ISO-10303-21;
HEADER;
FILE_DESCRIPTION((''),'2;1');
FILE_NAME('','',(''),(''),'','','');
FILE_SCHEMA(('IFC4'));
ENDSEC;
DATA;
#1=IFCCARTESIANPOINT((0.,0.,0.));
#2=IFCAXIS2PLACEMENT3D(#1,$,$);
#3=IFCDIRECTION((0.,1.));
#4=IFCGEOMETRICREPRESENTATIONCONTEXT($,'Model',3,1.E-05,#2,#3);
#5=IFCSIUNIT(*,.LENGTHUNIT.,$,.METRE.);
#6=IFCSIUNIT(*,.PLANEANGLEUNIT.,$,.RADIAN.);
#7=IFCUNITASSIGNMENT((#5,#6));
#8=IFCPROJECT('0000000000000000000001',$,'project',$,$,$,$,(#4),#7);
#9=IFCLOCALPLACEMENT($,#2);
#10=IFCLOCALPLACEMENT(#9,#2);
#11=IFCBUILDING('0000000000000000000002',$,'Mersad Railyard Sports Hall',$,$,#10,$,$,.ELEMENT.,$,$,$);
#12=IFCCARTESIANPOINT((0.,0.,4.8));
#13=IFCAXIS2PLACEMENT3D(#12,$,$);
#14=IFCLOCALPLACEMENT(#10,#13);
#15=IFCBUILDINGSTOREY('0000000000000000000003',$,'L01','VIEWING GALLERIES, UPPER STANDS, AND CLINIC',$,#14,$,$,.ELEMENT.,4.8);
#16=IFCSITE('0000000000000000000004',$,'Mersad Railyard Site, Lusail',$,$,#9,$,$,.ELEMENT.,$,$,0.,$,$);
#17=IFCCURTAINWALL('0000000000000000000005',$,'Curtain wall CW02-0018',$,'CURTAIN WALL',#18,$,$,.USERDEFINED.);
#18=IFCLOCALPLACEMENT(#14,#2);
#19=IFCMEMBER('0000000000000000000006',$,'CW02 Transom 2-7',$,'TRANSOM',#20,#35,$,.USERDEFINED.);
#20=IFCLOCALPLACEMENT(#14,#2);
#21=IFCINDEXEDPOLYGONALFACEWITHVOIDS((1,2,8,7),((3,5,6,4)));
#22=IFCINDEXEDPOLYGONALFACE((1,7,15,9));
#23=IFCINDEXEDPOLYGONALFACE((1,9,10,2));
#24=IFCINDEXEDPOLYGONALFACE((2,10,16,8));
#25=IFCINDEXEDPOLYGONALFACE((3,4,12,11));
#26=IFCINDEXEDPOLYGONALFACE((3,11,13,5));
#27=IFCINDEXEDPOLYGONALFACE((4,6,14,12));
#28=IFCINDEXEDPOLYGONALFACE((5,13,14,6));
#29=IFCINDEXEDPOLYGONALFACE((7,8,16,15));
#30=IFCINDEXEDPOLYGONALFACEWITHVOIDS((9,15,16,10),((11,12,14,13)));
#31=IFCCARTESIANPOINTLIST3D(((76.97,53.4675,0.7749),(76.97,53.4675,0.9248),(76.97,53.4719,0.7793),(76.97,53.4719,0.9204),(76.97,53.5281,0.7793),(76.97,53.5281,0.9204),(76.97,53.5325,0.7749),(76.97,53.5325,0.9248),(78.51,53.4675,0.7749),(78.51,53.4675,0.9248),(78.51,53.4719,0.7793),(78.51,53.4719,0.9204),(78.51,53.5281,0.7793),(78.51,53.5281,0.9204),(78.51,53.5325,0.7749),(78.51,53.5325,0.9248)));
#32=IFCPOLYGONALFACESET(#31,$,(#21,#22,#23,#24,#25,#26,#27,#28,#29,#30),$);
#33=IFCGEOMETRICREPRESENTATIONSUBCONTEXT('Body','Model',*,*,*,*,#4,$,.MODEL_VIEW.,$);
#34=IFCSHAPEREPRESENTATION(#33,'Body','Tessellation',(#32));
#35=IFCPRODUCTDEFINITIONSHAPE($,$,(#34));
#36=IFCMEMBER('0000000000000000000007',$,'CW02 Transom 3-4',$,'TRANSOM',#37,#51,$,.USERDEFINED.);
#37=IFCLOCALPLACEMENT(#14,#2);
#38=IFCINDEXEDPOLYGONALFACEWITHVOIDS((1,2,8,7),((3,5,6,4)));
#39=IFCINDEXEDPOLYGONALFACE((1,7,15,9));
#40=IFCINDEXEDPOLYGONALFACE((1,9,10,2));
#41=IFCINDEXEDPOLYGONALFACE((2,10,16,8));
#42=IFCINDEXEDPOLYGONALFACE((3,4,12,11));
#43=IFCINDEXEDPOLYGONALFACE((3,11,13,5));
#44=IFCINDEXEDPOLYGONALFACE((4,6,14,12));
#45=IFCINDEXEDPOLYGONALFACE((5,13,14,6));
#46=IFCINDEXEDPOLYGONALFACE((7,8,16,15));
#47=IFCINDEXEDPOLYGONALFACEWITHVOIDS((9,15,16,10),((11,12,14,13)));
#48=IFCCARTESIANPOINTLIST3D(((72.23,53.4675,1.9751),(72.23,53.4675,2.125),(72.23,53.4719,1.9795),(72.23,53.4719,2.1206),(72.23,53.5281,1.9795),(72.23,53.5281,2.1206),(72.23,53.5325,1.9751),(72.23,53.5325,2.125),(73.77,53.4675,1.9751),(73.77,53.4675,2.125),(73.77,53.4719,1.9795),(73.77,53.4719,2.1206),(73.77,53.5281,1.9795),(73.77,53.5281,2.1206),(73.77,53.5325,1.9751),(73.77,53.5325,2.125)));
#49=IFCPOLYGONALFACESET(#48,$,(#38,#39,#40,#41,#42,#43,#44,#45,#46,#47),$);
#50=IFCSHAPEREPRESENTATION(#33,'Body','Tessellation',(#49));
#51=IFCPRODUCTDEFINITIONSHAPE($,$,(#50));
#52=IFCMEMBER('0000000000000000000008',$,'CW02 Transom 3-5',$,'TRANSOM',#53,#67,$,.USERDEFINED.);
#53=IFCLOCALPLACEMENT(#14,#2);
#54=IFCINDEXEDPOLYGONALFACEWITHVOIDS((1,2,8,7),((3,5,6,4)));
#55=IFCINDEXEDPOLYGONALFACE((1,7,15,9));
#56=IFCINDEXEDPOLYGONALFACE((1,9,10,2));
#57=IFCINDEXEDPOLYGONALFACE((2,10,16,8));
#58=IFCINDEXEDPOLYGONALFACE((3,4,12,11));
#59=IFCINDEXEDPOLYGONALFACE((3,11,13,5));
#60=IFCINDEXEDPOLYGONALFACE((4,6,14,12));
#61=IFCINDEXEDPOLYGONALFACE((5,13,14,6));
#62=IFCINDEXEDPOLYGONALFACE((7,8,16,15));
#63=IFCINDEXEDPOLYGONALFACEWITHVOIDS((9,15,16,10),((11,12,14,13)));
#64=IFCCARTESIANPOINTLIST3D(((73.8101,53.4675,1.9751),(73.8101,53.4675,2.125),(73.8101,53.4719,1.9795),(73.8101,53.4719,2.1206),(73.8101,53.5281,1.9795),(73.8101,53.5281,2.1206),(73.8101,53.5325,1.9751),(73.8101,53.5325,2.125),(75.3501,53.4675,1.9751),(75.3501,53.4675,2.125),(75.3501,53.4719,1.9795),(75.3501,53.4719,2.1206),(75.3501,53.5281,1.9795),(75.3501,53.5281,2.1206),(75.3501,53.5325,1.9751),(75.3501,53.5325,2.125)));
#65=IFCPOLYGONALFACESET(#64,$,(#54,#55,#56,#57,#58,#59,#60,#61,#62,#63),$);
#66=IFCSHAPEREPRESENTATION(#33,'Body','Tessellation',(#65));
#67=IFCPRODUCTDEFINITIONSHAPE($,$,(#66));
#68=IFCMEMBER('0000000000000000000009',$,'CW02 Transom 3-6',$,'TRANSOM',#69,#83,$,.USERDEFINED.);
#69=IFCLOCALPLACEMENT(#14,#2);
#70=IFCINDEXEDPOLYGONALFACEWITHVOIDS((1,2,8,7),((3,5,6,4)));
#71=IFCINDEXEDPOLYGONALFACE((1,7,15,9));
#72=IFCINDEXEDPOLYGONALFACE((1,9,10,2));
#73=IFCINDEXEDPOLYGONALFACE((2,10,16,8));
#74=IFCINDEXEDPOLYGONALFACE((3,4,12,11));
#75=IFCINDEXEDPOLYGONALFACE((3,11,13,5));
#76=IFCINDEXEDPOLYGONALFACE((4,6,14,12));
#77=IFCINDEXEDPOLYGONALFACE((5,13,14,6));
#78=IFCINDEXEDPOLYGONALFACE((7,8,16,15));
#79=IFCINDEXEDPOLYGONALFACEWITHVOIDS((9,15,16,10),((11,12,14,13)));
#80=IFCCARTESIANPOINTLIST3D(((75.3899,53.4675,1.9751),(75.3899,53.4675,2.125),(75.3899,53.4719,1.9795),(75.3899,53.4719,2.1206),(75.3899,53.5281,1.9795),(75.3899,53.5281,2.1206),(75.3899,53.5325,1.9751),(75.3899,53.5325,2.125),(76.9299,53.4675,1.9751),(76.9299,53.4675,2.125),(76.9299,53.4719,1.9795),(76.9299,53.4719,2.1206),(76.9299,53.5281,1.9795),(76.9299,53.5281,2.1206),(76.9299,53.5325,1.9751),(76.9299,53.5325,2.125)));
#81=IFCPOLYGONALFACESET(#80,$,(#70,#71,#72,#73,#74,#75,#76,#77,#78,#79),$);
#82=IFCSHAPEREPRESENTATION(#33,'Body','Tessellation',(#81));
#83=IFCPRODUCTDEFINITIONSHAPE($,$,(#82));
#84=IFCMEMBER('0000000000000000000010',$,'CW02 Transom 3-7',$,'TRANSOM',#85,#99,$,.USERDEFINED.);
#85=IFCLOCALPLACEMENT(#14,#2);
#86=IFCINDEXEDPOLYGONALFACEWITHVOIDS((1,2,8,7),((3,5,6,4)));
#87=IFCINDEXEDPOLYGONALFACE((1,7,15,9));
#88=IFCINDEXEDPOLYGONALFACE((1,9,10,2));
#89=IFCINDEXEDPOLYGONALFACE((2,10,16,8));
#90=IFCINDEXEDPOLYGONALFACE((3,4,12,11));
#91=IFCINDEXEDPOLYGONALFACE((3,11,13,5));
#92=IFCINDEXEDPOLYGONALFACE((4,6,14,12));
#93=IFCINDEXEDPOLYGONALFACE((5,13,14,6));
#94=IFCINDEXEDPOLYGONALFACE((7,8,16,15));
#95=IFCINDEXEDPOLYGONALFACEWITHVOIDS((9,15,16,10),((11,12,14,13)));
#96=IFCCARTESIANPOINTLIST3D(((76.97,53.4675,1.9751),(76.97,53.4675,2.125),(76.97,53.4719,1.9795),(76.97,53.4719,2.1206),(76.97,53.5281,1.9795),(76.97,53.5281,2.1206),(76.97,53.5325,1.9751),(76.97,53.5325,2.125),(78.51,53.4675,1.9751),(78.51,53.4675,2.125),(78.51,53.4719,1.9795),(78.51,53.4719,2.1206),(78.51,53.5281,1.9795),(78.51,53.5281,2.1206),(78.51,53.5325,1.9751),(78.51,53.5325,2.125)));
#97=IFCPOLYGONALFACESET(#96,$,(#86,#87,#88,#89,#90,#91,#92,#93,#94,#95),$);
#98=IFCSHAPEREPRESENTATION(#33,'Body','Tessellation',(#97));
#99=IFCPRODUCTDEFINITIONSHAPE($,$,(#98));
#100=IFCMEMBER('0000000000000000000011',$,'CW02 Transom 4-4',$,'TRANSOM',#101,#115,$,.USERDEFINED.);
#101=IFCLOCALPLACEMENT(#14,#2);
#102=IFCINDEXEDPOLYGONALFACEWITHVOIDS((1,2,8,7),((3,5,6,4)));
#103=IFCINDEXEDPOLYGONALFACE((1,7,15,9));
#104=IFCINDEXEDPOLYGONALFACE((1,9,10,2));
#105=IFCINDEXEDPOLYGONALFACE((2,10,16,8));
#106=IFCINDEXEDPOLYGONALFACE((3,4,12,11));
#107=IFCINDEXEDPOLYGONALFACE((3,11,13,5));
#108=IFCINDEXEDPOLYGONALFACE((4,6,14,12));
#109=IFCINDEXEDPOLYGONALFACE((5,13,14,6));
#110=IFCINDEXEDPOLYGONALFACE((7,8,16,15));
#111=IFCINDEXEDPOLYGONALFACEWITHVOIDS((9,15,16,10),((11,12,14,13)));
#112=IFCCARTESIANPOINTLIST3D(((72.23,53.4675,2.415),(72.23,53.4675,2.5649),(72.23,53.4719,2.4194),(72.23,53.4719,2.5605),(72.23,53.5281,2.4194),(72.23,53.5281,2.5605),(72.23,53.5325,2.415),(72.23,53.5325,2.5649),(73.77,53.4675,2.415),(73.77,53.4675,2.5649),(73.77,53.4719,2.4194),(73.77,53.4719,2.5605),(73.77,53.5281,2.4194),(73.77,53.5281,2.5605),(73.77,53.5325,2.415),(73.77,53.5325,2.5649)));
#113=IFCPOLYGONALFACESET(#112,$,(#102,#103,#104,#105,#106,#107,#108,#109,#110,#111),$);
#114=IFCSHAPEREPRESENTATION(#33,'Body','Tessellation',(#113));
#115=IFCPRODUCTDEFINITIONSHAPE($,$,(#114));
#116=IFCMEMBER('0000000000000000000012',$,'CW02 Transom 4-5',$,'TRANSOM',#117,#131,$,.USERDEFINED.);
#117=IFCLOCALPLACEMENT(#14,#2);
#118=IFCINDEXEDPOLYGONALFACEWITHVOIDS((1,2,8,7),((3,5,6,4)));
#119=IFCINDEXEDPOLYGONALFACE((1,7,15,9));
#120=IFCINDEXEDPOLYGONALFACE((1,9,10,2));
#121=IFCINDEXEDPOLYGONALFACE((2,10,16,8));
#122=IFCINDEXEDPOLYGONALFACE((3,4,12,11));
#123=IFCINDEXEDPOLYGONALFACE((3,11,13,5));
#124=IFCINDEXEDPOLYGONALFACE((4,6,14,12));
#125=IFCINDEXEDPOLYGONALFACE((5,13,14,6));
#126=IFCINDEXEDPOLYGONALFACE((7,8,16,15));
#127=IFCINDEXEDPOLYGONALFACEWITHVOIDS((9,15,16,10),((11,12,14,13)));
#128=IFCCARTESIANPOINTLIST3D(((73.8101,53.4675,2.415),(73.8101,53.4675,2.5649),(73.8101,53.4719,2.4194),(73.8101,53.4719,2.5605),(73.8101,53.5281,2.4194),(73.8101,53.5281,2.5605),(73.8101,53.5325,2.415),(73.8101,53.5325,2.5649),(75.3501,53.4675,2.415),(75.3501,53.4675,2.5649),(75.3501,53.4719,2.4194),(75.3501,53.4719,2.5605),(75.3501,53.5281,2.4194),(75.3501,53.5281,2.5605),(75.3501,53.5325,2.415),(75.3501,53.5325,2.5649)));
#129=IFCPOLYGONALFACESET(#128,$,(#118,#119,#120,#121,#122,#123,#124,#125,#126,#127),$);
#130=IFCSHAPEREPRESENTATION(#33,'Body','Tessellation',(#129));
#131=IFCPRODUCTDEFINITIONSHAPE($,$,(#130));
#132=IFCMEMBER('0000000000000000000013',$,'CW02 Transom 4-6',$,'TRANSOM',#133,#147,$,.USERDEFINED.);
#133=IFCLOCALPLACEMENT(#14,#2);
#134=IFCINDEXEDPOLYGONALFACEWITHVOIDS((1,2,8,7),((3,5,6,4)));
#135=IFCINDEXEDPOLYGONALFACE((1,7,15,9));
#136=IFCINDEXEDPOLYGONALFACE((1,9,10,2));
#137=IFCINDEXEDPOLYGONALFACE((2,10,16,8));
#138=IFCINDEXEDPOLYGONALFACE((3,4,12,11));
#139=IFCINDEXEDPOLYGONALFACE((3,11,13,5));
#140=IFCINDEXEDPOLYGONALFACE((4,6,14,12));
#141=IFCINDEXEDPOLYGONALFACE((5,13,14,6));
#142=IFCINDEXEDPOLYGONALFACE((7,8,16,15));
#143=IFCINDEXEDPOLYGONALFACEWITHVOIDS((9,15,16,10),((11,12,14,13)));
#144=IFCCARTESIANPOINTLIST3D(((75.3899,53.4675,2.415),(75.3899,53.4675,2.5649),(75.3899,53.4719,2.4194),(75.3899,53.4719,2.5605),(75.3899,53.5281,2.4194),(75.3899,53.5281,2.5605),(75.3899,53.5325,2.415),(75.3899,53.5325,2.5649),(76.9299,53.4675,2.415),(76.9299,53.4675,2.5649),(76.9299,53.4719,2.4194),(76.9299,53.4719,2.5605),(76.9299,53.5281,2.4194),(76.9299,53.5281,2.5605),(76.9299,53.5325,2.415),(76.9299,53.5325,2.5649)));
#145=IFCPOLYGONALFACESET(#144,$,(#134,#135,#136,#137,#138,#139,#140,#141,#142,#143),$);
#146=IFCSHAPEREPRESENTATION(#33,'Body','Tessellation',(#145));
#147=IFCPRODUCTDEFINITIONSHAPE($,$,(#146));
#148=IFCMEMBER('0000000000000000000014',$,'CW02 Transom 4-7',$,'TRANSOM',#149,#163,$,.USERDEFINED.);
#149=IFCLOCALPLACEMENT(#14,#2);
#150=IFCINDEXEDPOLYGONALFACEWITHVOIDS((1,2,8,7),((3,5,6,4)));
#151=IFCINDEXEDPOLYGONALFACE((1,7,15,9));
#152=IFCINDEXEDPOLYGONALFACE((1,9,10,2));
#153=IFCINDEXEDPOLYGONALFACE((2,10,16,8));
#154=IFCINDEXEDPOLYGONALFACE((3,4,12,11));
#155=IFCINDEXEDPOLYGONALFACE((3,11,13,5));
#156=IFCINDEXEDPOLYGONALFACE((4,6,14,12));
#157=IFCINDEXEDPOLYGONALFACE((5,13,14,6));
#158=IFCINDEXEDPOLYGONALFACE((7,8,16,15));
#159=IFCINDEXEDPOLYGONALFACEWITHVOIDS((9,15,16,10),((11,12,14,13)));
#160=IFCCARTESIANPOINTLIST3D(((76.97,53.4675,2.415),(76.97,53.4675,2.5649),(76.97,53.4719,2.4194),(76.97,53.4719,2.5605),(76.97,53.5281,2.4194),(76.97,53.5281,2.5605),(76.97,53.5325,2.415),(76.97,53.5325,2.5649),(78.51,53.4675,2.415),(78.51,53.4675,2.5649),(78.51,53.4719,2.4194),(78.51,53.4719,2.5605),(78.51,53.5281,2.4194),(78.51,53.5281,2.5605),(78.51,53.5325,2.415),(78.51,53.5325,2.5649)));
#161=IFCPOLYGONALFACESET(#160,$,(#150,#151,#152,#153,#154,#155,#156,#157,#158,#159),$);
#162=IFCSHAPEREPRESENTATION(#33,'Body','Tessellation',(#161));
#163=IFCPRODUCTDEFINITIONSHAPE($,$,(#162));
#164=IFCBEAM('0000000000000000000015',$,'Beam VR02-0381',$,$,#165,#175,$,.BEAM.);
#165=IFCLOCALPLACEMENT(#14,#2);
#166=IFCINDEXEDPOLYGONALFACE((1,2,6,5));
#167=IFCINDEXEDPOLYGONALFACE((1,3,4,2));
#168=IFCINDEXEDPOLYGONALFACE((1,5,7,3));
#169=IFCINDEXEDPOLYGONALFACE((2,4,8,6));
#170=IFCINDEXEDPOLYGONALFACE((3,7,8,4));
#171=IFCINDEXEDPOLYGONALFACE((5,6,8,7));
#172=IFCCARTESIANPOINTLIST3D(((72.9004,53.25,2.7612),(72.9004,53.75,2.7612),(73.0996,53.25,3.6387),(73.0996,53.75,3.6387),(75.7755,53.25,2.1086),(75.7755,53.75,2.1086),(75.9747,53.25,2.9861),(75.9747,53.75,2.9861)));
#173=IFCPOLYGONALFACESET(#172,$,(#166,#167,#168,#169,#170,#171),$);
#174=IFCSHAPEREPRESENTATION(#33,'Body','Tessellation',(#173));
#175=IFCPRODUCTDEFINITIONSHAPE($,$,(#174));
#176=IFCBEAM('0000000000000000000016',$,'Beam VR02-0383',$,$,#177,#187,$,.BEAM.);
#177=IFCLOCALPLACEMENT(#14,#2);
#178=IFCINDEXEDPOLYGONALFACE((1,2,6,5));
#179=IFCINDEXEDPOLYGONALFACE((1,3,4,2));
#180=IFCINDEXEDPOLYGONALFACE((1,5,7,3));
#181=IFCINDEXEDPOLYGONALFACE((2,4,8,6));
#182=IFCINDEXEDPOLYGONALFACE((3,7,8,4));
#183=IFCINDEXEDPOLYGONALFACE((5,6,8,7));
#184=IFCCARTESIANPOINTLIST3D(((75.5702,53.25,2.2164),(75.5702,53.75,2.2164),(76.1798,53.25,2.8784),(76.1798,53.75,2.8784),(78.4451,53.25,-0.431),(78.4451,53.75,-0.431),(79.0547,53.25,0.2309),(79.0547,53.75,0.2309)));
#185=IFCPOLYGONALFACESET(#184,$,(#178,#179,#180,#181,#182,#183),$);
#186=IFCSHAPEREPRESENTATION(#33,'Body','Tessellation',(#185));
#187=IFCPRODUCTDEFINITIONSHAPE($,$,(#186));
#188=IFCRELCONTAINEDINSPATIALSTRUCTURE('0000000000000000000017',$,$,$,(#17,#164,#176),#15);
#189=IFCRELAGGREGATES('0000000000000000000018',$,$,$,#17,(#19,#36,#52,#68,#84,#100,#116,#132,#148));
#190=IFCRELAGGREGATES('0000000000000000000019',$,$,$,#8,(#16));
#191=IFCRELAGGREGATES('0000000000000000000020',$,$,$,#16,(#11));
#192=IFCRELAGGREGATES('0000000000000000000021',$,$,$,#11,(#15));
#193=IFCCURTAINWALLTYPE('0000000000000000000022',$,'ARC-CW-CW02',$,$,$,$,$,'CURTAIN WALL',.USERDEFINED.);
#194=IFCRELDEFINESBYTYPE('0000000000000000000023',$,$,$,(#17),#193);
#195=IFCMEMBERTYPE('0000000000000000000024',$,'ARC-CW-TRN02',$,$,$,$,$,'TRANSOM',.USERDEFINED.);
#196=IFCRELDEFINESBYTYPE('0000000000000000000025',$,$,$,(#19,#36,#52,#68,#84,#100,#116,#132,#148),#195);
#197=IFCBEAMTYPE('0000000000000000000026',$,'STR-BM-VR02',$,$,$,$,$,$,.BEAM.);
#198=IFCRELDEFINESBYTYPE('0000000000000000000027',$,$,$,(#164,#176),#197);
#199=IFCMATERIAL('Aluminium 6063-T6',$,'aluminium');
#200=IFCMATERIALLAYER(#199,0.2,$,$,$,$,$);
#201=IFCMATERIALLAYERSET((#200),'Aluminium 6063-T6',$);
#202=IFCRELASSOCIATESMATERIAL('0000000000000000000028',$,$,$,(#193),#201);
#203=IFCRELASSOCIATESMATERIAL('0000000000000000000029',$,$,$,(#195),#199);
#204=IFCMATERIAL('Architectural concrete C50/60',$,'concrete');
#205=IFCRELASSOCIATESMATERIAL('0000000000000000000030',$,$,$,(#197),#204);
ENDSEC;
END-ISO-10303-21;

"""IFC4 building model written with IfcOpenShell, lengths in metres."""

from ifc_helpers import new_model, si_unit, direction, frame, origin, origin_2d, place, context, subcontext, project, spatial, rectangle, hollow_rectangle, extrude, material, layer, layer_set, material_profile, profile_set, type_object, element, aggregate, save


model = new_model("IFC4")

# Units and contexts
model_context = context("Model", 3, precision=1e-05, world=origin(), true_north=direction((0.0, 1.0)))
body_context = subcontext(model_context, "Body", "Model", "MODEL_VIEW")
ifc_project = project(units=[si_unit("LENGTHUNIT", "METRE"), si_unit("PLANEANGLEUNIT", "RADIAN")], contexts=[model_context])

# Site, building, storey
site_placement = place(None, origin())
site = spatial("IfcSite", under=ifc_project, at=site_placement, Name="Mersad Railyard Site, Lusail", CompositionType="ELEMENT", RefElevation=0.0)
building_placement = place(site_placement, origin())
building = spatial("IfcBuilding", under=site, at=building_placement, Name="Mersad Railyard Sports Hall", CompositionType="ELEMENT")
storey_placement = place(building_placement, frame((0.0, 0.0, 4.8)))
storey = spatial("IfcBuildingStorey", under=building, at=storey_placement, Name="L01", Description="VIEWING GALLERIES, UPPER STANDS, AND CLINIC", CompositionType="ELEMENT", Elevation=4.8)

# Curtain wall, members
ifc_material_1 = material(Name="Aluminium 6063-T6", Category="aluminium")
ifc_layer_1 = layer(ifc_material_1, 0.2)
ifc_layer_set_1 = layer_set([ifc_layer_1], Name="Aluminium 6063-T6")
curtain_wall_type = type_object("IfcCurtainWallType", Name="ARC-CW-CW02", ElementType="CURTAIN WALL", PredefinedType="USERDEFINED", material=ifc_layer_set_1)
curtain_wall_placement = place(storey_placement, origin())
curtain_wall = element("IfcCurtainWall", 1, at=curtain_wall_placement, inside=storey, type_object=curtain_wall_type, Name="Curtain wall CW02-0018", ObjectType="CURTAIN WALL", PredefinedType="USERDEFINED")
ifc_material_profile_1 = material_profile(ifc_material_1, hollow_rectangle(XDim=0.0649, YDim=0.1499, WallThickness=0.0044, at=origin_2d()), Name="AL TRANSOM 65x150x4.5")
ifc_profile_set_1 = profile_set([ifc_material_profile_1], Name="Aluminium 6063-T6")
member_type_1 = type_object("IfcMemberType", Name="ARC-CW-TRN02", ElementType="TRANSOM", PredefinedType="USERDEFINED", material=ifc_profile_set_1)
member_1_placement = place(storey_placement, frame((76.97, 53.5, 0.8499), z_axis=(1.0, 0.0, 0.0), x_axis=(0.0, 1.0, 0.0)))
member_1 = element("IfcMember", 2, at=member_1_placement, type_object=member_type_1, Name="CW02 Transom 2-7", ObjectType="TRANSOM", PredefinedType="USERDEFINED", context=body_context, shape_type="SweptSolid", body=[
    extrude(hollow_rectangle(XDim=0.0649, YDim=0.1499, WallThickness=0.0044, at=origin_2d()), origin(), (0.0, 0.0, 1.0), 1.54),
])
member_2_placement = place(storey_placement, frame((72.23, 53.5, 2.05), z_axis=(1.0, 0.0, 0.0), x_axis=(0.0, 1.0, 0.0)))
member_2 = element("IfcMember", 3, at=member_2_placement, type_object=member_type_1, Name="CW02 Transom 3-4", ObjectType="TRANSOM", PredefinedType="USERDEFINED", context=body_context, shape_type="SweptSolid", body=[
    extrude(hollow_rectangle(XDim=0.0649, YDim=0.1499, WallThickness=0.0044, at=origin_2d()), origin(), (0.0, 0.0, 1.0), 1.54),
])
member_3_placement = place(storey_placement, frame((73.8101, 53.5, 2.05), z_axis=(1.0, 0.0, 0.0), x_axis=(0.0, 1.0, 0.0)))
member_3 = element("IfcMember", 4, at=member_3_placement, type_object=member_type_1, Name="CW02 Transom 3-5", ObjectType="TRANSOM", PredefinedType="USERDEFINED", context=body_context, shape_type="SweptSolid", body=[
    extrude(hollow_rectangle(XDim=0.0649, YDim=0.1499, WallThickness=0.0044, at=origin_2d()), origin(), (0.0, 0.0, 1.0), 1.54),
])
member_4_placement = place(storey_placement, frame((75.3899, 53.5, 2.05), z_axis=(1.0, 0.0, 0.0), x_axis=(0.0, 1.0, 0.0)))
member_4 = element("IfcMember", 5, at=member_4_placement, type_object=member_type_1, Name="CW02 Transom 3-6", ObjectType="TRANSOM", PredefinedType="USERDEFINED", context=body_context, shape_type="SweptSolid", body=[
    extrude(hollow_rectangle(XDim=0.0649, YDim=0.1499, WallThickness=0.0044, at=origin_2d()), origin(), (0.0, 0.0, 1.0), 1.54),
])
member_5_placement = place(storey_placement, frame((76.97, 53.5, 2.05), z_axis=(1.0, 0.0, 0.0), x_axis=(0.0, 1.0, 0.0)))
member_5 = element("IfcMember", 6, at=member_5_placement, type_object=member_type_1, Name="CW02 Transom 3-7", ObjectType="TRANSOM", PredefinedType="USERDEFINED", context=body_context, shape_type="SweptSolid", body=[
    extrude(hollow_rectangle(XDim=0.0649, YDim=0.1499, WallThickness=0.0044, at=origin_2d()), origin(), (0.0, 0.0, 1.0), 1.54),
])
member_6_placement = place(storey_placement, frame((72.23, 53.5, 2.49), z_axis=(1.0, 0.0, 0.0), x_axis=(0.0, 1.0, 0.0)))
member_6 = element("IfcMember", 7, at=member_6_placement, type_object=member_type_1, Name="CW02 Transom 4-4", ObjectType="TRANSOM", PredefinedType="USERDEFINED", context=body_context, shape_type="SweptSolid", body=[
    extrude(hollow_rectangle(XDim=0.0649, YDim=0.1499, WallThickness=0.0044, at=origin_2d()), origin(), (0.0, 0.0, 1.0), 1.54),
])
member_7_placement = place(storey_placement, frame((73.8101, 53.5, 2.49), z_axis=(1.0, 0.0, 0.0), x_axis=(0.0, 1.0, 0.0)))
member_7 = element("IfcMember", 8, at=member_7_placement, type_object=member_type_1, Name="CW02 Transom 4-5", ObjectType="TRANSOM", PredefinedType="USERDEFINED", context=body_context, shape_type="SweptSolid", body=[
    extrude(hollow_rectangle(XDim=0.0649, YDim=0.1499, WallThickness=0.0044, at=origin_2d()), origin(), (0.0, 0.0, 1.0), 1.54),
])
member_8_placement = place(storey_placement, frame((75.3899, 53.5, 2.49), z_axis=(1.0, 0.0, 0.0), x_axis=(0.0, 1.0, 0.0)))
member_8 = element("IfcMember", 9, at=member_8_placement, type_object=member_type_1, Name="CW02 Transom 4-6", ObjectType="TRANSOM", PredefinedType="USERDEFINED", context=body_context, shape_type="SweptSolid", body=[
    extrude(hollow_rectangle(XDim=0.0649, YDim=0.1499, WallThickness=0.0044, at=origin_2d()), origin(), (0.0, 0.0, 1.0), 1.54),
])
member_9_placement = place(storey_placement, frame((76.97, 53.5, 2.49), z_axis=(1.0, 0.0, 0.0), x_axis=(0.0, 1.0, 0.0)))
member_9 = element("IfcMember", 10, at=member_9_placement, type_object=member_type_1, Name="CW02 Transom 4-7", ObjectType="TRANSOM", PredefinedType="USERDEFINED", context=body_context, shape_type="SweptSolid", body=[
    extrude(hollow_rectangle(XDim=0.0649, YDim=0.1499, WallThickness=0.0044, at=origin_2d()), origin(), (0.0, 0.0, 1.0), 1.54),
])

# Beams
ifc_material_2 = material(Name="Architectural concrete C50/60", Category="concrete")
ifc_material_profile_2 = material_profile(ifc_material_2, rectangle(XDim=0.5, YDim=0.8999, at=origin_2d()), Name="VR 500x900")
ifc_profile_set_2 = profile_set([ifc_material_profile_2], Name="Architectural concrete C50/60")
beam_type = type_object("IfcBeamType", Name="STR-BM-VR02", PredefinedType="BEAM", material=ifc_profile_set_2)
beam_1_placement = place(storey_placement, frame((73.0, 53.5, 3.2), z_axis=(0.975193, 0.0, -0.221356), x_axis=(0.0, 1.0, 0.0)))
element("IfcBeam", 11, at=beam_1_placement, inside=storey, type_object=beam_type, Name="Beam VR02-0381", PredefinedType="BEAM", context=body_context, shape_type="SweptSolid", body=[
    extrude(rectangle(XDim=0.5, YDim=0.8999, at=origin_2d()), origin(), (0.0, 0.0, 1.0), 2.9482),
])
beam_2_placement = place(storey_placement, frame((75.875, 53.5, 2.5474), z_axis=(0.735617, 0.0, -0.677397), x_axis=(0.0, 1.0, 0.0)))
element("IfcBeam", 12, at=beam_2_placement, inside=storey, type_object=beam_type, Name="Beam VR02-0383", PredefinedType="BEAM", context=body_context, shape_type="SweptSolid", body=[
    extrude(rectangle(XDim=0.5, YDim=0.8999, at=origin_2d()), origin(), (0.0, 0.0, 1.0), 3.9082),
])

aggregate(curtain_wall, [member_1, member_2, member_3, member_4, member_5, member_6, member_7, member_8, member_9])

save(model, "model.ifc")
